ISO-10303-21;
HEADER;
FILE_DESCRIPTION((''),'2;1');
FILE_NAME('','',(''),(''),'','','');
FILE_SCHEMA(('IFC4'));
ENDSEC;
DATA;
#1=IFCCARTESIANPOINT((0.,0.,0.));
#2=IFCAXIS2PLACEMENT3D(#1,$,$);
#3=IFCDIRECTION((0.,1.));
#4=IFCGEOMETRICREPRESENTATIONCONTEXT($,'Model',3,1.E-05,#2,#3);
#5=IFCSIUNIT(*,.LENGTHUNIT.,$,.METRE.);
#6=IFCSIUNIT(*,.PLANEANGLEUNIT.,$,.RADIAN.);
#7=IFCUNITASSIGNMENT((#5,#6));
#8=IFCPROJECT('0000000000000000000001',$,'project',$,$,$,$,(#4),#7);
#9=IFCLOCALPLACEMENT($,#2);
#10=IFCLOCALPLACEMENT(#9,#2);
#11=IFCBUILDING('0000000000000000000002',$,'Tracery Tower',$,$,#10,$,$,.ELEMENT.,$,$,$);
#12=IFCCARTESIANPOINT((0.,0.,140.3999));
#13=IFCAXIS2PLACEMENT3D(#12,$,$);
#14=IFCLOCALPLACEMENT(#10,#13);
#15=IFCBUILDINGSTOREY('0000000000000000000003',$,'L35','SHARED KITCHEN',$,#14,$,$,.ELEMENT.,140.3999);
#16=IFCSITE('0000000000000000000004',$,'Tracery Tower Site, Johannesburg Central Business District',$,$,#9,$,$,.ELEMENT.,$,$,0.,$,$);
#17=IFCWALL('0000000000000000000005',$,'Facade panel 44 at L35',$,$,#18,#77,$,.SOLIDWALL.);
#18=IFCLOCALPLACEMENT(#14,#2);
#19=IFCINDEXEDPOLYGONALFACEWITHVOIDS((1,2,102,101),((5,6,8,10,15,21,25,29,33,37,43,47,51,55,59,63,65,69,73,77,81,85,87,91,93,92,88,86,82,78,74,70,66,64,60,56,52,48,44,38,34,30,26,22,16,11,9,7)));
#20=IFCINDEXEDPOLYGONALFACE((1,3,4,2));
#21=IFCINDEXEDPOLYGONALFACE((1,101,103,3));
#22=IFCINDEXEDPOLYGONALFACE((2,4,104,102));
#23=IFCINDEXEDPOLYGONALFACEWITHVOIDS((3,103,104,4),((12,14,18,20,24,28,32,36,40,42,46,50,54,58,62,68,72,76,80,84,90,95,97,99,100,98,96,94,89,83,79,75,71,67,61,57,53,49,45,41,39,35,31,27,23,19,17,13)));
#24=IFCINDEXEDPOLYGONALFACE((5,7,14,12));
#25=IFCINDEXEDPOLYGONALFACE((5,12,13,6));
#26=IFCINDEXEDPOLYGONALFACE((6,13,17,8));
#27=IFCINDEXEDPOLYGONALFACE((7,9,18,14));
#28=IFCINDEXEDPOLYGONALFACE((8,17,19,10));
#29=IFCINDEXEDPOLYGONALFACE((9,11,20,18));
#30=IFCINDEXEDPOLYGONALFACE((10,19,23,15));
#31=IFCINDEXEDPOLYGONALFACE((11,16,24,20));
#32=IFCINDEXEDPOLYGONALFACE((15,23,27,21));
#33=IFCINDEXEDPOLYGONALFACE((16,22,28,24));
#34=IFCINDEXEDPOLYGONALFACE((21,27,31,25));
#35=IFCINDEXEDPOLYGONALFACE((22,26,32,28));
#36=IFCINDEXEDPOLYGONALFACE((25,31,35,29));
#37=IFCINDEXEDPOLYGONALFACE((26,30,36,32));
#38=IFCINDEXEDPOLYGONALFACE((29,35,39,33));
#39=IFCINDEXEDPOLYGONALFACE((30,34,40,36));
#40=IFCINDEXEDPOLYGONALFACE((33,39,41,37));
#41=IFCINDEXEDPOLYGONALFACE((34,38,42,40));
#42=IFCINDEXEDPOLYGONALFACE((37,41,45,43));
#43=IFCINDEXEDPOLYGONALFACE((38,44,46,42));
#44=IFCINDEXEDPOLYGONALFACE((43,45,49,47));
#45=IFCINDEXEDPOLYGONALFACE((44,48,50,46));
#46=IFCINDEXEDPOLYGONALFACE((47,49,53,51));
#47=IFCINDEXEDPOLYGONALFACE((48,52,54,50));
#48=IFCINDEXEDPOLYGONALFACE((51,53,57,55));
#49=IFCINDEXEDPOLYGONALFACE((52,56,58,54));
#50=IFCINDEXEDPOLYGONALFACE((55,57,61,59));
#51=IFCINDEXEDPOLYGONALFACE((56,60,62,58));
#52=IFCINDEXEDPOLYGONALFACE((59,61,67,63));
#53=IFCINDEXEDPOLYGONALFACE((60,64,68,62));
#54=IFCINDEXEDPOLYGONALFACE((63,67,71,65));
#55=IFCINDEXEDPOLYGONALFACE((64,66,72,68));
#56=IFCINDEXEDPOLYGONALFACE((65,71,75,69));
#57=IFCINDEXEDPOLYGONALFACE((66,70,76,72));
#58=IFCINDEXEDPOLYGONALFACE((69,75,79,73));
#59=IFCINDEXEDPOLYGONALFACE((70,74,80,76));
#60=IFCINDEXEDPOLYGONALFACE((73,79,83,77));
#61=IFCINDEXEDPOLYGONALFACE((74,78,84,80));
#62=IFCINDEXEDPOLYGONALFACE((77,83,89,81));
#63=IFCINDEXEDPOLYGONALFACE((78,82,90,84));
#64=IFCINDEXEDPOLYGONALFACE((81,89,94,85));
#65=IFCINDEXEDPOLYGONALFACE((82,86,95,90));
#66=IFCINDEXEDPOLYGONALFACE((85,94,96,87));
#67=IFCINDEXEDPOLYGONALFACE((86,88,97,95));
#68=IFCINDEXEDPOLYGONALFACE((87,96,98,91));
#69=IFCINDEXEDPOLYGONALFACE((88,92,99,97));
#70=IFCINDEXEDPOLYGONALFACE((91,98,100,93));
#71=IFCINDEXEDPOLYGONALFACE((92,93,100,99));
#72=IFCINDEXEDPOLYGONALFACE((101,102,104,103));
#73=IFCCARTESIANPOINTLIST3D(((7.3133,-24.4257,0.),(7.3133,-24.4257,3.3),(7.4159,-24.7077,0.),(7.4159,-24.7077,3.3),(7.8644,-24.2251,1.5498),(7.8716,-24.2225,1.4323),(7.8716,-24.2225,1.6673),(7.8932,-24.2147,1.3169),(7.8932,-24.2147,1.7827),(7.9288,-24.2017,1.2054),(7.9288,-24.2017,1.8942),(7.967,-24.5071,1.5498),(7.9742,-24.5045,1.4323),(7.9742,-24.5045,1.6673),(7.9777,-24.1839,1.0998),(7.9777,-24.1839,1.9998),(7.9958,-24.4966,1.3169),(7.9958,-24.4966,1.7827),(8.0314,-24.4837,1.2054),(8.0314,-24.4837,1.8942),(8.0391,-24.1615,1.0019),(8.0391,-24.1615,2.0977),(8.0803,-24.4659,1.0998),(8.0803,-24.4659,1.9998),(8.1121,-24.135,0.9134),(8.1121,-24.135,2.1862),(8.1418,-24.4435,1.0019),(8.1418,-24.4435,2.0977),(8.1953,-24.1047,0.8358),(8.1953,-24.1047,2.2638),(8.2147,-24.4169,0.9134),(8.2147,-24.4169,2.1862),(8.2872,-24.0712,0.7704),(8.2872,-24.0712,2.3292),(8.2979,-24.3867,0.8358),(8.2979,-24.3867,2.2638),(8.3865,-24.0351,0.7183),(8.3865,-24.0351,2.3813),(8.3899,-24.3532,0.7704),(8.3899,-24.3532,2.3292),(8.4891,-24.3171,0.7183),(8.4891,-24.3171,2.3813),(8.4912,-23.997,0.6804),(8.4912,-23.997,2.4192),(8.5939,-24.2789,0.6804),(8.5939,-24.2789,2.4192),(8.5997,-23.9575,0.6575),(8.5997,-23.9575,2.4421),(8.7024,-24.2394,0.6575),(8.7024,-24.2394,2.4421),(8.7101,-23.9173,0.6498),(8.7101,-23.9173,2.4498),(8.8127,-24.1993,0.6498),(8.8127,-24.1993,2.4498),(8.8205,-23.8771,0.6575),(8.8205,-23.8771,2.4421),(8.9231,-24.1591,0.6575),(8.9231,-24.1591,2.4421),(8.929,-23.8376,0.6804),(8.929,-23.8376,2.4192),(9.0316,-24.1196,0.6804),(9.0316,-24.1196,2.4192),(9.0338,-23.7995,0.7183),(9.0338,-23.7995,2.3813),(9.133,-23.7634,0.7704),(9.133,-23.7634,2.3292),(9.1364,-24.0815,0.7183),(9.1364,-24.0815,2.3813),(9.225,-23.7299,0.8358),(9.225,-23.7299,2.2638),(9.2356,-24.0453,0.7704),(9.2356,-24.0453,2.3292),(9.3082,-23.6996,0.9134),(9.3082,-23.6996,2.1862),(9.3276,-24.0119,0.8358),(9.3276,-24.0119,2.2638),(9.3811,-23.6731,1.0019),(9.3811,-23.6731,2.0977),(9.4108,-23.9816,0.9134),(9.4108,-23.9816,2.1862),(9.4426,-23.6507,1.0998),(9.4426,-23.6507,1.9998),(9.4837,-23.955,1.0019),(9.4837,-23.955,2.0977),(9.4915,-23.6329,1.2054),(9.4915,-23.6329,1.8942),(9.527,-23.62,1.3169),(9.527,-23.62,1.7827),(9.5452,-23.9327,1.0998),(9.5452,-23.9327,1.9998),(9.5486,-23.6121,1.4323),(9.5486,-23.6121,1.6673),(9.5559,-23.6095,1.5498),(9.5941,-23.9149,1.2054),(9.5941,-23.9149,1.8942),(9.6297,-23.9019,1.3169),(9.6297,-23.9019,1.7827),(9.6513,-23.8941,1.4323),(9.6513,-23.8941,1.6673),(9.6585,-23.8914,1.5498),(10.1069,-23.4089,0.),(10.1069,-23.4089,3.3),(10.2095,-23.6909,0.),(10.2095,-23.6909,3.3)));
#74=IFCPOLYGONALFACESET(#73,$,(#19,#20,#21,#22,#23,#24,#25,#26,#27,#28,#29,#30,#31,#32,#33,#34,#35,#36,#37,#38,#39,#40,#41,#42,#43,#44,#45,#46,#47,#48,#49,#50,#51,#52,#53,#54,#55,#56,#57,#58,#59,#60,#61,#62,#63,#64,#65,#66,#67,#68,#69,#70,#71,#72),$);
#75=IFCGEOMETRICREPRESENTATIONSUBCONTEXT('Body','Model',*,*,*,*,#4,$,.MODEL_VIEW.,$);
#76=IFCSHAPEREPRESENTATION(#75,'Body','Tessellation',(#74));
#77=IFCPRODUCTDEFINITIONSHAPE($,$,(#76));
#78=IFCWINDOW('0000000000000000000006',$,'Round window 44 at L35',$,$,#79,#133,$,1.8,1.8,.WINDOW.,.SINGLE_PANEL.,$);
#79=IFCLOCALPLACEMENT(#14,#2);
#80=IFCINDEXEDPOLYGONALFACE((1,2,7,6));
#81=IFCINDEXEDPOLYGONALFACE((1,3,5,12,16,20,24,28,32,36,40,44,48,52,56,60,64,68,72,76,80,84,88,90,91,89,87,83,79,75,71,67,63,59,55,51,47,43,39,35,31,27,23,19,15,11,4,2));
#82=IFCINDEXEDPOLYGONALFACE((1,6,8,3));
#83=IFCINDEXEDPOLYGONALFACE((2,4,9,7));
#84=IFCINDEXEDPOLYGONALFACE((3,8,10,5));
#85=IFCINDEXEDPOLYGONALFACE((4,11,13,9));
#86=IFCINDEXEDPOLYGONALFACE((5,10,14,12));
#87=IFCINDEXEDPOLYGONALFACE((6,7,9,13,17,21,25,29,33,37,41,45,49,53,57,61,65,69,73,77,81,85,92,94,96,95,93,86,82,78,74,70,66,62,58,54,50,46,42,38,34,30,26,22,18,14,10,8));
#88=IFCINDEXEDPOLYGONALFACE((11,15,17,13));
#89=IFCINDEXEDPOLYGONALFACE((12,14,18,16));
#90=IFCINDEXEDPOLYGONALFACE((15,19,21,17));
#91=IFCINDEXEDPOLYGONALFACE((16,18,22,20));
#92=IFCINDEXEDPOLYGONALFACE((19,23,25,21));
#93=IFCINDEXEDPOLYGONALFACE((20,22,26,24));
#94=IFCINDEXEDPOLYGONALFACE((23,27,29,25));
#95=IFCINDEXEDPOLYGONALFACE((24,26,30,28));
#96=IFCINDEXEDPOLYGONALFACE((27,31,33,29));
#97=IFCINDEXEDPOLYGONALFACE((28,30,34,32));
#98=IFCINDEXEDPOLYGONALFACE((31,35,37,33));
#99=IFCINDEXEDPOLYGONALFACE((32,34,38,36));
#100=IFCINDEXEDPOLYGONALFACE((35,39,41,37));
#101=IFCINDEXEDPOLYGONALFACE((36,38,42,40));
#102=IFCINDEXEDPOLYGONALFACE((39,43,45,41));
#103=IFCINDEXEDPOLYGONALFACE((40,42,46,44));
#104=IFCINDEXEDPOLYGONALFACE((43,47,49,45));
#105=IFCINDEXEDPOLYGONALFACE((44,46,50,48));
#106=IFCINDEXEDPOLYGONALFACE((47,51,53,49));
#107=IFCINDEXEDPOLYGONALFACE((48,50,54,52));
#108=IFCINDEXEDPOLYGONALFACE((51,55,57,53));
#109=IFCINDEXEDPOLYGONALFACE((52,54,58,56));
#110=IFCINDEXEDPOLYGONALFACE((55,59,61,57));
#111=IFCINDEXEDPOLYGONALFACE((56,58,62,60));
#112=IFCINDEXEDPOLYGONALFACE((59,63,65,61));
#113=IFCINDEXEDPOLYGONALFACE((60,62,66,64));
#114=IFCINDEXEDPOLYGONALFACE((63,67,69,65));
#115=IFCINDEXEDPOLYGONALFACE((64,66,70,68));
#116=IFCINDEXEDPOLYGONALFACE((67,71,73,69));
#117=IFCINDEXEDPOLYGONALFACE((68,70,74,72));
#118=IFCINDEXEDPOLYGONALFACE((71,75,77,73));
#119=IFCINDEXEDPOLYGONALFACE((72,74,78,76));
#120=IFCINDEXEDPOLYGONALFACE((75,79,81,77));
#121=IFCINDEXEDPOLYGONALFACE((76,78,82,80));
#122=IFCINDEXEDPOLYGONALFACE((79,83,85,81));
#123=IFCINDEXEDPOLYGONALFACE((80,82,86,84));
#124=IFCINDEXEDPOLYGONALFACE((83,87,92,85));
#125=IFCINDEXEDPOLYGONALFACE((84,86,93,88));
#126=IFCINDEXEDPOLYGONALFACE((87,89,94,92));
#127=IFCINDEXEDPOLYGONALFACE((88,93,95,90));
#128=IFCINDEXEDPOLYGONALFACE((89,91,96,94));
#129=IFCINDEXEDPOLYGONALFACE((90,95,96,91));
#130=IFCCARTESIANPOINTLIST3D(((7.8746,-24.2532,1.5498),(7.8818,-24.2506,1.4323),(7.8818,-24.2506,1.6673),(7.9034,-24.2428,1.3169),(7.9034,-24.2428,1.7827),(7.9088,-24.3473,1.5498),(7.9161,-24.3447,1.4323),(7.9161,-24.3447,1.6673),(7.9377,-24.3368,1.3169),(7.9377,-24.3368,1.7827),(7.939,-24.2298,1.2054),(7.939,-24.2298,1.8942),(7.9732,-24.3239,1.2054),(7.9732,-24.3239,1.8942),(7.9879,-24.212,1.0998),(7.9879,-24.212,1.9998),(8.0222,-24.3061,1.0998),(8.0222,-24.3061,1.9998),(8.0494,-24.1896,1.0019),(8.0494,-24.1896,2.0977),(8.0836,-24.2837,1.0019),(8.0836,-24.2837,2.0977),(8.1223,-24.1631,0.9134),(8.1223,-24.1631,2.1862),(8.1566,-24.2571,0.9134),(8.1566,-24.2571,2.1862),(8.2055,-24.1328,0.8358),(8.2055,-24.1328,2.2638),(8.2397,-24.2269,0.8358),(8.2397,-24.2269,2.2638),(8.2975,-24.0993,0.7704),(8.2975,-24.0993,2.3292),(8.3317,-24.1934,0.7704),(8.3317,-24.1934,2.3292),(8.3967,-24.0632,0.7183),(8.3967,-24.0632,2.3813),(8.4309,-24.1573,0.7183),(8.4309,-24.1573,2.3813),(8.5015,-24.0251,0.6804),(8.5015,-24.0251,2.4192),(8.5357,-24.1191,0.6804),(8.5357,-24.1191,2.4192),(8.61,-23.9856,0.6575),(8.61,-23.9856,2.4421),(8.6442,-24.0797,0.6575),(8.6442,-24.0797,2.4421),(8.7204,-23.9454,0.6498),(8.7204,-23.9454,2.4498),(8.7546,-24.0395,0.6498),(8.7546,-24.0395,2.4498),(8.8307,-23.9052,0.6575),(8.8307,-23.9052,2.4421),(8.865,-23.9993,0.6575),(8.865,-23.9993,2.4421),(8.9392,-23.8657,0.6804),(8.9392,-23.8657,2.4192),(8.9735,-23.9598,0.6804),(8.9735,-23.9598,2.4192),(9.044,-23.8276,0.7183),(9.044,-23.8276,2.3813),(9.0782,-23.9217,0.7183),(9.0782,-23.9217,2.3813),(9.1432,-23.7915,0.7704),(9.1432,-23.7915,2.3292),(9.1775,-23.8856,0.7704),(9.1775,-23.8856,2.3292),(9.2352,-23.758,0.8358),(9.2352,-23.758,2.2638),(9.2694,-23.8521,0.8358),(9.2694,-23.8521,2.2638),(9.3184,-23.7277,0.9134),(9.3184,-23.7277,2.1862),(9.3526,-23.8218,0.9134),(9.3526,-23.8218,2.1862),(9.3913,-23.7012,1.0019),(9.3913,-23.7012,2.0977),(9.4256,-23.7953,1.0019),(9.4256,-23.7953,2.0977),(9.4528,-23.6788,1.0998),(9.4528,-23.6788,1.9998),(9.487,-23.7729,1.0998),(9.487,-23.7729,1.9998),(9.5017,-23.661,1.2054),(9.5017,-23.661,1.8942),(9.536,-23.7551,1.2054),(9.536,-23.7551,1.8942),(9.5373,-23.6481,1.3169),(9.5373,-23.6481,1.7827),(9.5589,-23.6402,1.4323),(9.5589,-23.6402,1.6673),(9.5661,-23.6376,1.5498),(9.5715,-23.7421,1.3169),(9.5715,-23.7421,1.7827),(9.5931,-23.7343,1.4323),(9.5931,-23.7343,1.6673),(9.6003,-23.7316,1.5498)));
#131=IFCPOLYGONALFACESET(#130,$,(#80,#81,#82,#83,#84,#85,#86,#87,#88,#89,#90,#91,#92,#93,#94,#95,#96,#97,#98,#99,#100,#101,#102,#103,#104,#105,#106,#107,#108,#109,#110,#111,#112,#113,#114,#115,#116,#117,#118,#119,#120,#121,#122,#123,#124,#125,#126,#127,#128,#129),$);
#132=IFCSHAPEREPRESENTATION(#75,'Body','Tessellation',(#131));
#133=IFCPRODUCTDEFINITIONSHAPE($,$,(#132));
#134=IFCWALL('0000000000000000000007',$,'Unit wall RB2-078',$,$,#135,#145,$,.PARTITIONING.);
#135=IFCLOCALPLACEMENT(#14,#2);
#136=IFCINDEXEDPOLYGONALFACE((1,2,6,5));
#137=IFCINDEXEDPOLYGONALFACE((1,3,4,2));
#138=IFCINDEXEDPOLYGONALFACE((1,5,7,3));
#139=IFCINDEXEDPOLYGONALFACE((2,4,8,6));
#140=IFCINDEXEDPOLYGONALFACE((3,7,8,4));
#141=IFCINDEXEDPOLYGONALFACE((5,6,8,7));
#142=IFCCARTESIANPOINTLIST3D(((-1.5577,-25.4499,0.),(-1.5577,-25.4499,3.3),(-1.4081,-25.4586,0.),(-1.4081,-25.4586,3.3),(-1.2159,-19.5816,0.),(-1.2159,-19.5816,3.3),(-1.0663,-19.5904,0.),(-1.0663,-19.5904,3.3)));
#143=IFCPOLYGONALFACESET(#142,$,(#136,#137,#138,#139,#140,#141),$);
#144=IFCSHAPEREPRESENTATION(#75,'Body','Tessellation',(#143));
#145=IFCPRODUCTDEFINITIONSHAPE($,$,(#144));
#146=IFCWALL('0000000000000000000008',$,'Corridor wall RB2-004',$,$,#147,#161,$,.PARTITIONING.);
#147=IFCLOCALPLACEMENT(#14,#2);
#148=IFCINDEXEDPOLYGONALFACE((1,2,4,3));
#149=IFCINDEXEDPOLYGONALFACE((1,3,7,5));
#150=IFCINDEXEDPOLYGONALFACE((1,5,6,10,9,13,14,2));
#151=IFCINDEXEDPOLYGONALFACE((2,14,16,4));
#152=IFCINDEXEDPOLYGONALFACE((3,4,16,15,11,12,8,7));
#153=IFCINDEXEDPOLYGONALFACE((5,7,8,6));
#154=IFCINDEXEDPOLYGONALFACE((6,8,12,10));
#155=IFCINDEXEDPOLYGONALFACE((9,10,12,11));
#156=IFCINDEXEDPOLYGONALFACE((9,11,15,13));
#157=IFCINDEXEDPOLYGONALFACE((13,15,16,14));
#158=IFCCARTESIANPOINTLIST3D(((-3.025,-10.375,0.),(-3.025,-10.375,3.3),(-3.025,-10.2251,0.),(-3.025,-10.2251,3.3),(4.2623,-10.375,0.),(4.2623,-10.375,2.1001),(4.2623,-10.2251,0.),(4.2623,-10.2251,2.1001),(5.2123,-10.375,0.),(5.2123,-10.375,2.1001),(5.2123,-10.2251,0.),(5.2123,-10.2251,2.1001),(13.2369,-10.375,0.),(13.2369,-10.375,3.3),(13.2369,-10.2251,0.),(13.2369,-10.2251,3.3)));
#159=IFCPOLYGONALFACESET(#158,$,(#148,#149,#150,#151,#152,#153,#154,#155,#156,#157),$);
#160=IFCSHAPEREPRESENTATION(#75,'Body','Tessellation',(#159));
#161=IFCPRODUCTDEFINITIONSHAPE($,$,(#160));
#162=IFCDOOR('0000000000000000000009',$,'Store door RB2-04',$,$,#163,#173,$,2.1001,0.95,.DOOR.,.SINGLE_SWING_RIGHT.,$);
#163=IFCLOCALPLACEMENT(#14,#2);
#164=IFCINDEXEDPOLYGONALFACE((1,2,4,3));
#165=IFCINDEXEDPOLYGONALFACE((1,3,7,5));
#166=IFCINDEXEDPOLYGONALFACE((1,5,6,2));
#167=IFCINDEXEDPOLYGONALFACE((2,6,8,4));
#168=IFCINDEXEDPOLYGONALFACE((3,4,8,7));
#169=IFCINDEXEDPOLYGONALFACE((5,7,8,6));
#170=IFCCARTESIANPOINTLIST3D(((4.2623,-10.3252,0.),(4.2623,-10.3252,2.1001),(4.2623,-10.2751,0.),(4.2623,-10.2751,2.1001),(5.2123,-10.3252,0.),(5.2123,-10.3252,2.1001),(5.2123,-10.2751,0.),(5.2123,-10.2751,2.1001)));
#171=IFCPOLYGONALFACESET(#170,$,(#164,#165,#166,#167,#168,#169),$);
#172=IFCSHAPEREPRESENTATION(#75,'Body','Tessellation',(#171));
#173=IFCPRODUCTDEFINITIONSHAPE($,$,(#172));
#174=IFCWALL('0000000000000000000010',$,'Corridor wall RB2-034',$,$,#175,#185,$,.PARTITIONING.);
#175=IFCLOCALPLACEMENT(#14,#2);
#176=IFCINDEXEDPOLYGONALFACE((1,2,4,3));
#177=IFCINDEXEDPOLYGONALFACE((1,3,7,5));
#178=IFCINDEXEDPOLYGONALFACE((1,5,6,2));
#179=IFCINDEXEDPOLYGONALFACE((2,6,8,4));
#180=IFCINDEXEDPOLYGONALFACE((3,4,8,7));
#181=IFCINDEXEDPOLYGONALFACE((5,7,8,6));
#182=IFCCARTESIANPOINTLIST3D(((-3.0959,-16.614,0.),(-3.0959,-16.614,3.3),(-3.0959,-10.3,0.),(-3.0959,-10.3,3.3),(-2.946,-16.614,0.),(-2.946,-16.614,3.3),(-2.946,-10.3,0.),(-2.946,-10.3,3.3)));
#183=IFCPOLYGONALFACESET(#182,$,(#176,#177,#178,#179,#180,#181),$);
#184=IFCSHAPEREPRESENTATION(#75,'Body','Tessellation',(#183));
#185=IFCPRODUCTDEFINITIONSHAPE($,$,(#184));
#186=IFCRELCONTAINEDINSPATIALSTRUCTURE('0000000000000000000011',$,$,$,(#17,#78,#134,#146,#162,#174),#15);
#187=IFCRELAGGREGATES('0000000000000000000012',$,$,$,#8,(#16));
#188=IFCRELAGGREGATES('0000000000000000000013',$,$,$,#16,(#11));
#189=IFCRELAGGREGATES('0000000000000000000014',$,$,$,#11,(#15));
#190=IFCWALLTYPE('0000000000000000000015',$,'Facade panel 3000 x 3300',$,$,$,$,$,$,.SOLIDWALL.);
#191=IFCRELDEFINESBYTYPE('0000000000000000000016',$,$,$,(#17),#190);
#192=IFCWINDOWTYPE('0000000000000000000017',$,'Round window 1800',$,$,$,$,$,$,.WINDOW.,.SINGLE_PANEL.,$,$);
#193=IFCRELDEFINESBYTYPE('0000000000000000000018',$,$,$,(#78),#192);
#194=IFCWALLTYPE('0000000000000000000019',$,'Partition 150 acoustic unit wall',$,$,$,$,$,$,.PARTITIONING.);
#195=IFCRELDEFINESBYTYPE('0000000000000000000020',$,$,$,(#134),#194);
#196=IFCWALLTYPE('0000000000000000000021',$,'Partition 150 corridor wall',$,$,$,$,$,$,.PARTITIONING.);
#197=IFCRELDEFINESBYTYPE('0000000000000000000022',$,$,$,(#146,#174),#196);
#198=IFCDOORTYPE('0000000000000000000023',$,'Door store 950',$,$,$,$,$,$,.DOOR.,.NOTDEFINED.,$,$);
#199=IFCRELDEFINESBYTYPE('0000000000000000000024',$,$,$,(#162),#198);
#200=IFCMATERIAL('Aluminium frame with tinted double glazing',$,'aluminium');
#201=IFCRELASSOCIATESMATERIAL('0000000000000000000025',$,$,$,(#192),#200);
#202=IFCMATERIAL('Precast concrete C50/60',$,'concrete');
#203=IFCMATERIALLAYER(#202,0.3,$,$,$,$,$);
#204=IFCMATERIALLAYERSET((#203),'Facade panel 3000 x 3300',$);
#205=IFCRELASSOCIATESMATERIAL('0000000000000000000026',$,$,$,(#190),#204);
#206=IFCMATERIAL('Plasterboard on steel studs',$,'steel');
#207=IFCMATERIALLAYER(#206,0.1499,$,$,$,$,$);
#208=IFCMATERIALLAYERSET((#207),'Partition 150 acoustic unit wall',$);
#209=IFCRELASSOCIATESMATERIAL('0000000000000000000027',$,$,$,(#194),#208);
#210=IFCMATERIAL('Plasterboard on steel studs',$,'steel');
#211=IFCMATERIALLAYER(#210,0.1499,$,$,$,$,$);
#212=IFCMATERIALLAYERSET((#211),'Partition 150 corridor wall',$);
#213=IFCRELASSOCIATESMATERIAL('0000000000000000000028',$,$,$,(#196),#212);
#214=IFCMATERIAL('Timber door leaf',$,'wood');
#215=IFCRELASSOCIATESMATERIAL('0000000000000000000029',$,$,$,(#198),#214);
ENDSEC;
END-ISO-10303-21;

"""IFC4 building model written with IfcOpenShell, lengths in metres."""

from ifc_helpers import new_model, si_unit, direction, frame, frame_2d, origin, origin_2d, place, context, subcontext, project, spatial, rectangle, circle, extrude, material, layer, layer_set, type_object, element, fill, save


model = new_model("IFC4")

# Units and contexts
model_context = context("Model", 3, precision=1e-05, world=origin(), true_north=direction((0.0, 1.0)))
body_context = subcontext(model_context, "Body", "Model", "MODEL_VIEW")
ifc_project = project(units=[si_unit("LENGTHUNIT", "METRE"), si_unit("PLANEANGLEUNIT", "RADIAN")], contexts=[model_context])

# Site, building, storey
site_placement = place(None, origin())
site = spatial("IfcSite", under=ifc_project, at=site_placement, Name="Tracery Tower Site, Johannesburg Central Business District", CompositionType="ELEMENT", RefElevation=0.0)
building_placement = place(site_placement, origin())
building = spatial("IfcBuilding", under=site, at=building_placement, Name="Tracery Tower", CompositionType="ELEMENT")
storey_placement = place(building_placement, frame((0.0, 0.0, 140.3999)))
storey = spatial("IfcBuildingStorey", under=building, at=storey_placement, Name="L35", Description="SHARED KITCHEN", CompositionType="ELEMENT", Elevation=140.3999)

# Wall, opening, window
ifc_material_1 = material(Name="Aluminium frame with tinted double glazing", Category="aluminium")
window_type = type_object("IfcWindowType", Name="Round window 1800", PartitioningType="SINGLE_PANEL", PredefinedType="WINDOW", material=ifc_material_1)
ifc_material_2 = material(Name="Precast concrete C50/60", Category="concrete")
ifc_layer_1 = layer(ifc_material_2, 0.3)
ifc_layer_set_1 = layer_set([ifc_layer_1], Name="Facade panel 3000 x 3300")
wall_type_1 = type_object("IfcWallType", Name="Facade panel 3000 x 3300", PredefinedType="SOLIDWALL", material=ifc_layer_set_1)
wall_1_placement = place(storey_placement, frame((7.3647, -24.5667, 0.0), z_axis=(0.0, 0.0, 1.0), x_axis=(0.93969, 0.342027, 0.0)))
wall_1 = element("IfcWall", 1, at=wall_1_placement, inside=storey, type_object=wall_type_1, Name="Facade panel 44 at L35", PredefinedType="SOLIDWALL", context=body_context, shape_type="SweptSolid", body=[
    extrude(rectangle(XDim=2.9729, YDim=0.3, at=frame_2d((1.4863, 0.0))), origin(), (0.0, 0.0, 1.0), 3.3),
])
opening_1_placement = place(wall_1_placement, frame((1.4863, 0.0, 1.5498)))
opening_1 = element("IfcOpeningElement", 2, at=opening_1_placement, cuts=wall_1, PredefinedType="OPENING", context=body_context, shape_type="SweptSolid", body=[
    extrude(circle(Radius=0.9, at=origin_2d()), frame((0.0, 0.1599, 0.0), z_axis=(0.0, -1.0, 0.0), x_axis=(1.0, 0.0, 0.0)), (0.0, 0.0, 1.0), 0.3201),
])
window_1_placement = place(opening_1_placement, origin())
window_1 = element("IfcWindow", 3, at=window_1_placement, inside=storey, type_object=window_type, Name="Round window 44 at L35", OverallHeight=1.8, OverallWidth=1.8, PartitioningType="SINGLE_PANEL", PredefinedType="WINDOW", context=body_context, shape_type="SweptSolid", body=[
    extrude(circle(Radius=0.9, at=origin_2d()), frame((0.0, 0.1201, 0.0), z_axis=(0.0, -1.0, 0.0), x_axis=(1.0, 0.0, 0.0)), (0.0, 0.0, 1.0), 0.1001),
])
fill(opening_1, window_1)

# Wall
ifc_material_3 = material(Name="Plasterboard on steel studs", Category="steel")
ifc_layer_2 = layer(ifc_material_3, 0.1499)
ifc_layer_set_2 = layer_set([ifc_layer_2], Name="Partition 150 acoustic unit wall")
wall_type_2 = type_object("IfcWallType", Name="Partition 150 acoustic unit wall", PredefinedType="PARTITIONING", material=ifc_layer_set_2)
wall_2_placement = place(storey_placement, frame((-1.4829, -25.4541, 0.0), z_axis=(0.0, 0.0, 1.0), x_axis=(0.058147, 0.998308, 0.0)))
element("IfcWall", 4, at=wall_2_placement, inside=storey, type_object=wall_type_2, Name="Unit wall RB2-078", PredefinedType="PARTITIONING", context=body_context, shape_type="SweptSolid", body=[
    extrude(rectangle(XDim=5.8782, YDim=0.1499, at=frame_2d((2.939, 0.0))), origin(), (0.0, 0.0, 1.0), 3.3),
])

# Wall, opening, door
ifc_material_4 = material(Name="Plasterboard on steel studs", Category="steel")
ifc_layer_3 = layer(ifc_material_4, 0.1499)
ifc_layer_set_3 = layer_set([ifc_layer_3], Name="Partition 150 corridor wall")
wall_type_3 = type_object("IfcWallType", Name="Partition 150 corridor wall", PredefinedType="PARTITIONING", material=ifc_layer_set_3)
wall_3_placement = place(storey_placement, frame((-3.0249, -10.3, 0.0), z_axis=(0.0, 0.0, 1.0), x_axis=(1.0, 0.0, 0.0)))
wall_3 = element("IfcWall", 5, at=wall_3_placement, inside=storey, type_object=wall_type_3, Name="Corridor wall RB2-004", PredefinedType="PARTITIONING", context=body_context, shape_type="SweptSolid", body=[
    extrude(rectangle(XDim=16.262, YDim=0.1499, at=frame_2d((8.1309, 0.0))), origin(), (0.0, 0.0, 1.0), 3.3),
])
opening_2_placement = place(wall_3_placement, frame((7.2871, 0.0, 0.0)))
opening_2 = element("IfcOpeningElement", 6, at=opening_2_placement, cuts=wall_3, PredefinedType="OPENING", context=body_context, shape_type="SweptSolid", body=[
    extrude(rectangle(XDim=0.95, YDim=2.1001, at=frame_2d((0.4751, 1.05))), frame((0.0, 0.075, 0.0), z_axis=(0.0, -1.0, 0.0), x_axis=(1.0, 0.0, 0.0)), (0.0, 0.0, 1.0), 0.1499),
])
ifc_material_5 = material(Name="Timber door leaf", Category="wood")
door_type_1 = type_object("IfcDoorType", Name="Door store 950", OperationType="NOTDEFINED", PredefinedType="DOOR", material=ifc_material_5)
door_1_placement = place(opening_2_placement, origin())
door_1 = element("IfcDoor", 7, at=door_1_placement, inside=storey, type_object=door_type_1, Name="Store door RB2-04", OperationType="SINGLE_SWING_RIGHT", OverallHeight=2.1001, OverallWidth=0.95, PredefinedType="DOOR", context=body_context, shape_type="SweptSolid", body=[
    extrude(rectangle(XDim=0.95, YDim=2.1001, at=frame_2d((0.4751, 1.05))), frame((0.0, 0.0249, 0.0), z_axis=(0.0, -1.0, 0.0), x_axis=(1.0, 0.0, 0.0)), (0.0, 0.0, 1.0), 0.05),
])
fill(opening_2, door_1)

# Wall
wall_4_placement = place(storey_placement, frame((-3.021, -16.614, 0.0), z_axis=(0.0, 0.0, 1.0), x_axis=(0.0, 1.0, 0.0)))
element("IfcWall", 8, at=wall_4_placement, inside=storey, type_object=wall_type_3, Name="Corridor wall RB2-034", PredefinedType="PARTITIONING", context=body_context, shape_type="SweptSolid", body=[
    extrude(rectangle(XDim=6.314, YDim=0.1499, at=frame_2d((3.157, 0.0))), origin(), (0.0, 0.0, 1.0), 3.3),
])

save(model, "model.ifc")
